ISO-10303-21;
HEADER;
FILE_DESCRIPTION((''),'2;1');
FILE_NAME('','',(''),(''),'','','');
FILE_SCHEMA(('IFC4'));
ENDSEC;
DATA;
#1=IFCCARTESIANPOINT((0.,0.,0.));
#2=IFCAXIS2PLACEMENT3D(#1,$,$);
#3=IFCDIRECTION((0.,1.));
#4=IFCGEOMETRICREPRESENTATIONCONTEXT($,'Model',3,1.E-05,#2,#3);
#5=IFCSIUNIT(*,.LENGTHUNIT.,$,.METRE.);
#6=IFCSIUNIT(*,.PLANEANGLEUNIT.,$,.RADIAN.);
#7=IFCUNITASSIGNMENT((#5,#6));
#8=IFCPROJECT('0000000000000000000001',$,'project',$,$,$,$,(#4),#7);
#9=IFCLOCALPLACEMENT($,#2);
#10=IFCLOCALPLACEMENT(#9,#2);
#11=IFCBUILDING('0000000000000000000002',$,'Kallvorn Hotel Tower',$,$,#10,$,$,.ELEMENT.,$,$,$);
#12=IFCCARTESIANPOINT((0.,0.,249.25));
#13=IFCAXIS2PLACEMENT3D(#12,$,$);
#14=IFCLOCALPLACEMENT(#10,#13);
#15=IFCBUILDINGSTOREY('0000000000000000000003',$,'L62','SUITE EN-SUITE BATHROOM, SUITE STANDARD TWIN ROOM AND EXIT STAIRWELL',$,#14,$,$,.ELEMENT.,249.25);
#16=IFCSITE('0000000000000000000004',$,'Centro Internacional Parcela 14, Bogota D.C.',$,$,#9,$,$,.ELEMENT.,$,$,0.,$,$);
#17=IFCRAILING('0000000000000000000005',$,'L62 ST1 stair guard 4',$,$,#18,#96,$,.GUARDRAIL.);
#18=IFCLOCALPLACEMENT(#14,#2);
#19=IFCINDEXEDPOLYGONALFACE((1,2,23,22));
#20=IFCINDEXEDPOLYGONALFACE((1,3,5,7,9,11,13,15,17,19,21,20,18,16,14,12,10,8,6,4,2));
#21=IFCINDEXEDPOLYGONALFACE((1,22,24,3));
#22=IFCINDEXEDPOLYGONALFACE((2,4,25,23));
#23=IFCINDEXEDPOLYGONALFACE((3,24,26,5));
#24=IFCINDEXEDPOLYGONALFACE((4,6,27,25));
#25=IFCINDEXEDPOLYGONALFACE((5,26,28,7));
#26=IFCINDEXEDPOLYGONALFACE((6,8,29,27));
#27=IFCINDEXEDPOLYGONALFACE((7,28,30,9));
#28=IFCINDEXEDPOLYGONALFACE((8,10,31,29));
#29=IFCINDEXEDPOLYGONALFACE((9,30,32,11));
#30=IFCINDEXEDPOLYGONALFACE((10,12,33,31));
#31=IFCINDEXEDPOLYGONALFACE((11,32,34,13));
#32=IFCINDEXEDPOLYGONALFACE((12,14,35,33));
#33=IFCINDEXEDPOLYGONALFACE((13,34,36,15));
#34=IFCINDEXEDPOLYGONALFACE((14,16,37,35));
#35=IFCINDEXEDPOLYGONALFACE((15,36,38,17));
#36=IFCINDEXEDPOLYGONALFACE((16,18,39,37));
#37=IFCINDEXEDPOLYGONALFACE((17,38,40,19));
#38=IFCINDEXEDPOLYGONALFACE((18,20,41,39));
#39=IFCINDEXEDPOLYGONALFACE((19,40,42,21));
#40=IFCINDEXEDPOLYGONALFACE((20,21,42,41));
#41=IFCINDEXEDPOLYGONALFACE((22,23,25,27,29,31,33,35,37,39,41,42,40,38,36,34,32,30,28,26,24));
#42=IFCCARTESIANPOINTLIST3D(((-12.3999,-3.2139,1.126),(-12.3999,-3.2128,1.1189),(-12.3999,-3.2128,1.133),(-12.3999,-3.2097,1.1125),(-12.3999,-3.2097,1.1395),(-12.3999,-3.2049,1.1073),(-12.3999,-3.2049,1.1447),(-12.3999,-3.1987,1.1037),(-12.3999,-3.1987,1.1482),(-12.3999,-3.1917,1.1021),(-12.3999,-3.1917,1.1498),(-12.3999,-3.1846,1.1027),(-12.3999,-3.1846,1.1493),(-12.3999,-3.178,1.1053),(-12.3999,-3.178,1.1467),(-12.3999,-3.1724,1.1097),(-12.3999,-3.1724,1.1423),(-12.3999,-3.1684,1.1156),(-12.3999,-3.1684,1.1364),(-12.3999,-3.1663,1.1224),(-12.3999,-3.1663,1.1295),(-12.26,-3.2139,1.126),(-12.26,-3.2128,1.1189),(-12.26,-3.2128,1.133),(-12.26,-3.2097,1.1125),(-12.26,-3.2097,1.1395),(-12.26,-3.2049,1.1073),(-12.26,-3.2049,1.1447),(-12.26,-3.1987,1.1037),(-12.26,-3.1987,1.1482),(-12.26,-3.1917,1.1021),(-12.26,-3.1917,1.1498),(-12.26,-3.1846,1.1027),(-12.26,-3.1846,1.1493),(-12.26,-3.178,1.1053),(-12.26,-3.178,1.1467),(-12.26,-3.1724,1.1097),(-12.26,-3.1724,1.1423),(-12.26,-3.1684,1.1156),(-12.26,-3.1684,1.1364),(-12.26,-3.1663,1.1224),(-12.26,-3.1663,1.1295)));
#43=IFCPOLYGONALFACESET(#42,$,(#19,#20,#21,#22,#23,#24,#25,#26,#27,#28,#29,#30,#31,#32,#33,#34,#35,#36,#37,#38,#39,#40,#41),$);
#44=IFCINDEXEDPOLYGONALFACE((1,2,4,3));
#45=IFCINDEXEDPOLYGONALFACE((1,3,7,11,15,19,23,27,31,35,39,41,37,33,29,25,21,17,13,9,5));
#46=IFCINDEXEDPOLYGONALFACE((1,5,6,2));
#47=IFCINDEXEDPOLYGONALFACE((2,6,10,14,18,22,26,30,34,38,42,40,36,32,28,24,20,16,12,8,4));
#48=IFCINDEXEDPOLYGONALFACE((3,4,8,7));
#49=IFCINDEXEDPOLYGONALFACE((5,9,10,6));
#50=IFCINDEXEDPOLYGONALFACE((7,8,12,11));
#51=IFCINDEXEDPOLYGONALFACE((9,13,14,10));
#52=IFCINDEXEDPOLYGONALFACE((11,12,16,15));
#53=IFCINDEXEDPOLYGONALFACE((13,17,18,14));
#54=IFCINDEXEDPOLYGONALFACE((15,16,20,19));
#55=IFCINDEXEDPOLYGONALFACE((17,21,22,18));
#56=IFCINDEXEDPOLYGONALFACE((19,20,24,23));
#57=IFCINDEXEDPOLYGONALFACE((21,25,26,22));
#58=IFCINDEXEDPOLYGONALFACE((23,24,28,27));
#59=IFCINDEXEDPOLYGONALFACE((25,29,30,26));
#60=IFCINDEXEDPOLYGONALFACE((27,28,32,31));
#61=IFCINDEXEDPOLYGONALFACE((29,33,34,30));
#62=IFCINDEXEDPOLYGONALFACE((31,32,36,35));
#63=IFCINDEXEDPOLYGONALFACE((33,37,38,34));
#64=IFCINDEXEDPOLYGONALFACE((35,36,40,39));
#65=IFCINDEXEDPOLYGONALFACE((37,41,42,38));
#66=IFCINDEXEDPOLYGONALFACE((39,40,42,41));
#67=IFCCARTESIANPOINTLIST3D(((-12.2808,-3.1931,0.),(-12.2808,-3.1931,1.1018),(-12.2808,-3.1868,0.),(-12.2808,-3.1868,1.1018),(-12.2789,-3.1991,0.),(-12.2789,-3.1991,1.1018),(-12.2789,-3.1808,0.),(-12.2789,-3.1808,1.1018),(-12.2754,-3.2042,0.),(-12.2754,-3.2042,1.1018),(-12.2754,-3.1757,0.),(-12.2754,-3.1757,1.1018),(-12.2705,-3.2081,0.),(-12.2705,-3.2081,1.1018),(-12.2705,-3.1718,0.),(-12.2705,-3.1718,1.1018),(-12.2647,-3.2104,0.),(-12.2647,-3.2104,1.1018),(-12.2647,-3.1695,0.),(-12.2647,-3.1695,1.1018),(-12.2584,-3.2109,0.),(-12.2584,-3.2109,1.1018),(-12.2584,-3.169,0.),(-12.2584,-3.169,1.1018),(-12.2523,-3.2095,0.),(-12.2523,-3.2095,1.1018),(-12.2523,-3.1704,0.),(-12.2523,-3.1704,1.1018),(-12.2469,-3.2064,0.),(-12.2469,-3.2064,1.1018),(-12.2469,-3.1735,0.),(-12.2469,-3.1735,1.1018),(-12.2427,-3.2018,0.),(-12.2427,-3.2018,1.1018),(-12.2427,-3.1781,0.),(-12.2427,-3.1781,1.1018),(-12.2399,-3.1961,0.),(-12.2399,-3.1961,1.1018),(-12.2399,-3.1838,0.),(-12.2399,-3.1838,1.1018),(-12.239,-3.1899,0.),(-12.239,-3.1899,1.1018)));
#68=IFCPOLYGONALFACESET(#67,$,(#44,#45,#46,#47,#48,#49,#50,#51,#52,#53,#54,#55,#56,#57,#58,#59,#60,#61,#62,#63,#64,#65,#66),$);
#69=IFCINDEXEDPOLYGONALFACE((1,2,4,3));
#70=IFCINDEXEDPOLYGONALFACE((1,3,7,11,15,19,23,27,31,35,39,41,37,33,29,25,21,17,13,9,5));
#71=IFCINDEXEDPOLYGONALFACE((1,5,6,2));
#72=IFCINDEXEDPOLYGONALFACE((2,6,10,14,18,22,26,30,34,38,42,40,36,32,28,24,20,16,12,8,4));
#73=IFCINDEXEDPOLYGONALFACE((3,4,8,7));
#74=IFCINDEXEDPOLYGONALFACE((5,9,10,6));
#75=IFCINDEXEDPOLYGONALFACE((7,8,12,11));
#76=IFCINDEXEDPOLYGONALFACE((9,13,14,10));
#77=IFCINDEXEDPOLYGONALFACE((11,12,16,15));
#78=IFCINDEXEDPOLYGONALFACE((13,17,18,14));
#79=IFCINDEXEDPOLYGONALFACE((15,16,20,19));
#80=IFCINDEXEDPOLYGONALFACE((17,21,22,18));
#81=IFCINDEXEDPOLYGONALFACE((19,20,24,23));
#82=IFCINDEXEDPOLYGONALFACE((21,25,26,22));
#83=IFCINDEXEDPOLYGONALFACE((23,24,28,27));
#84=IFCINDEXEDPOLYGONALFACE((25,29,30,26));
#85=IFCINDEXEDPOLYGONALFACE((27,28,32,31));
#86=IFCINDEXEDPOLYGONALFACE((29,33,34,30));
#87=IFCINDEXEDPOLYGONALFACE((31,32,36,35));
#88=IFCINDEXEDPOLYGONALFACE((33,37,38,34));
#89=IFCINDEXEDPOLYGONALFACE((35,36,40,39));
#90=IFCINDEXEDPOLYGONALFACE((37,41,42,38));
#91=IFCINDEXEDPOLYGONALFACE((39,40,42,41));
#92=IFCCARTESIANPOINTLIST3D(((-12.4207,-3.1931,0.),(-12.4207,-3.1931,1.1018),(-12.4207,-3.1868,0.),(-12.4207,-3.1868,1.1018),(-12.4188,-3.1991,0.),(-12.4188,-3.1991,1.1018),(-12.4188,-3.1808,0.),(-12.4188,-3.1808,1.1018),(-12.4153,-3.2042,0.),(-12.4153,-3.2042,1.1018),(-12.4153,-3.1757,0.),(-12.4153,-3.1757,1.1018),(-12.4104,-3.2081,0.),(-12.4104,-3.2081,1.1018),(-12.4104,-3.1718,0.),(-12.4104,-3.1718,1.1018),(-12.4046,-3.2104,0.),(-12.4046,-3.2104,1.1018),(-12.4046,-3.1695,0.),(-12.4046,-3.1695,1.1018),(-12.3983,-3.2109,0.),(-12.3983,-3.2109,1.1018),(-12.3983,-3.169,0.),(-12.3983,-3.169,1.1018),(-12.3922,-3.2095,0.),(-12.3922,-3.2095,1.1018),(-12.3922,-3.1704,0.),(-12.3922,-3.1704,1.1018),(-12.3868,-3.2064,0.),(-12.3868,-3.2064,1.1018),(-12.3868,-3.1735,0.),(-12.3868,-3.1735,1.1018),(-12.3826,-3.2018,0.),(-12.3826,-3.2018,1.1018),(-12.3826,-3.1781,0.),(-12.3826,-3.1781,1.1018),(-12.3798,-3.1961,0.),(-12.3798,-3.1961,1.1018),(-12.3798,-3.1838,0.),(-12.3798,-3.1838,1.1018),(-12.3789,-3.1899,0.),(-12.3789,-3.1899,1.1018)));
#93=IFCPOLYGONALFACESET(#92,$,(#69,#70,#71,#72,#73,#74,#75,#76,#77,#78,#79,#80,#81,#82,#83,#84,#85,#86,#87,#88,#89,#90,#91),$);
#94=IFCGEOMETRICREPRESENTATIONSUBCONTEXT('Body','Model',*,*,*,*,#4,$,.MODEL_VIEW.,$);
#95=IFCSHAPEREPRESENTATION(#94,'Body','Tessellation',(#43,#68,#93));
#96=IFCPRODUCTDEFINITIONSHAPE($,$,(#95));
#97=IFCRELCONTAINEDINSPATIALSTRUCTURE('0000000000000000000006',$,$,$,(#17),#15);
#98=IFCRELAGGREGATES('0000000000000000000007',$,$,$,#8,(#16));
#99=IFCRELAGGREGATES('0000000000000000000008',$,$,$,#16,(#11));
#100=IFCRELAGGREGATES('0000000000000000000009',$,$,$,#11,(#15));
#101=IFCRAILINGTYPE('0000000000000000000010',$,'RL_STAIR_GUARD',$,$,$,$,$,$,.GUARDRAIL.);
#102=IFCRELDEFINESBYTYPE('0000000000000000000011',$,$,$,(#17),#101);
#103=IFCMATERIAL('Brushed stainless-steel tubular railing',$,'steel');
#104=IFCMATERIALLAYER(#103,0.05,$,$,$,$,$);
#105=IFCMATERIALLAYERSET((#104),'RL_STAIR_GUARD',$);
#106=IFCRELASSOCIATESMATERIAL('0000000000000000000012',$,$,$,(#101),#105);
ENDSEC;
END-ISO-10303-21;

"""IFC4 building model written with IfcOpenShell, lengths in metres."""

from ifc_helpers import new_model, si_unit, direction, frame, origin, origin_2d, place, context, subcontext, project, spatial, circle, extrude, material, layer, layer_set, type_object, element, save


model = new_model("IFC4")

# Units and contexts
model_context = context("Model", 3, precision=1e-05, world=origin(), true_north=direction((0.0, 1.0)))
body_context = subcontext(model_context, "Body", "Model", "MODEL_VIEW")
ifc_project = project(units=[si_unit("LENGTHUNIT", "METRE"), si_unit("PLANEANGLEUNIT", "RADIAN")], contexts=[model_context])

# Site, building, storey
site_placement = place(None, origin())
site = spatial("IfcSite", under=ifc_project, at=site_placement, Name="Centro Internacional Parcela 14, Bogota D.C.", CompositionType="ELEMENT", RefElevation=0.0)
building_placement = place(site_placement, origin())
building = spatial("IfcBuilding", under=site, at=building_placement, Name="Kallvorn Hotel Tower", CompositionType="ELEMENT")
storey_placement = place(building_placement, frame((0.0, 0.0, 249.25)))
storey = spatial("IfcBuildingStorey", under=building, at=storey_placement, Name="L62", Description="SUITE EN-SUITE BATHROOM, SUITE STANDARD TWIN ROOM AND EXIT STAIRWELL", CompositionType="ELEMENT", Elevation=249.25)

# Railing
ifc_material_1 = material(Name="Brushed stainless-steel tubular railing", Category="steel")
ifc_layer_1 = layer(ifc_material_1, 0.05)
ifc_layer_set_1 = layer_set([ifc_layer_1], Name="RL_STAIR_GUARD")
railing_type_1 = type_object("IfcRailingType", Name="RL_STAIR_GUARD", PredefinedType="GUARDRAIL", material=ifc_layer_set_1)
railing_1_placement = place(storey_placement, frame((-12.26, -3.1899, 0.0)))
element("IfcRailing", 1, at=railing_1_placement, inside=storey, type_object=railing_type_1, Name="L62 ST1 stair guard 4", PredefinedType="GUARDRAIL", context=body_context, shape_type="SweptSolid", body=[
    extrude(circle(Radius=0.0239, at=origin_2d()), frame((0.0, 0.0, 1.126), z_axis=(-1.0, 0.0, 0.0), x_axis=(0.0, -1.0, 0.0)), (0.0, 0.0, 1.0), 0.1399),
    extrude(circle(Radius=0.021, at=origin_2d()), origin(), (0.0, 0.0, 1.0), 1.1018),
    extrude(circle(Radius=0.021, at=origin_2d()), frame((-0.1399, 0.0, 0.0)), (0.0, 0.0, 1.0), 1.1018),
])

save(model, "model.ifc")
